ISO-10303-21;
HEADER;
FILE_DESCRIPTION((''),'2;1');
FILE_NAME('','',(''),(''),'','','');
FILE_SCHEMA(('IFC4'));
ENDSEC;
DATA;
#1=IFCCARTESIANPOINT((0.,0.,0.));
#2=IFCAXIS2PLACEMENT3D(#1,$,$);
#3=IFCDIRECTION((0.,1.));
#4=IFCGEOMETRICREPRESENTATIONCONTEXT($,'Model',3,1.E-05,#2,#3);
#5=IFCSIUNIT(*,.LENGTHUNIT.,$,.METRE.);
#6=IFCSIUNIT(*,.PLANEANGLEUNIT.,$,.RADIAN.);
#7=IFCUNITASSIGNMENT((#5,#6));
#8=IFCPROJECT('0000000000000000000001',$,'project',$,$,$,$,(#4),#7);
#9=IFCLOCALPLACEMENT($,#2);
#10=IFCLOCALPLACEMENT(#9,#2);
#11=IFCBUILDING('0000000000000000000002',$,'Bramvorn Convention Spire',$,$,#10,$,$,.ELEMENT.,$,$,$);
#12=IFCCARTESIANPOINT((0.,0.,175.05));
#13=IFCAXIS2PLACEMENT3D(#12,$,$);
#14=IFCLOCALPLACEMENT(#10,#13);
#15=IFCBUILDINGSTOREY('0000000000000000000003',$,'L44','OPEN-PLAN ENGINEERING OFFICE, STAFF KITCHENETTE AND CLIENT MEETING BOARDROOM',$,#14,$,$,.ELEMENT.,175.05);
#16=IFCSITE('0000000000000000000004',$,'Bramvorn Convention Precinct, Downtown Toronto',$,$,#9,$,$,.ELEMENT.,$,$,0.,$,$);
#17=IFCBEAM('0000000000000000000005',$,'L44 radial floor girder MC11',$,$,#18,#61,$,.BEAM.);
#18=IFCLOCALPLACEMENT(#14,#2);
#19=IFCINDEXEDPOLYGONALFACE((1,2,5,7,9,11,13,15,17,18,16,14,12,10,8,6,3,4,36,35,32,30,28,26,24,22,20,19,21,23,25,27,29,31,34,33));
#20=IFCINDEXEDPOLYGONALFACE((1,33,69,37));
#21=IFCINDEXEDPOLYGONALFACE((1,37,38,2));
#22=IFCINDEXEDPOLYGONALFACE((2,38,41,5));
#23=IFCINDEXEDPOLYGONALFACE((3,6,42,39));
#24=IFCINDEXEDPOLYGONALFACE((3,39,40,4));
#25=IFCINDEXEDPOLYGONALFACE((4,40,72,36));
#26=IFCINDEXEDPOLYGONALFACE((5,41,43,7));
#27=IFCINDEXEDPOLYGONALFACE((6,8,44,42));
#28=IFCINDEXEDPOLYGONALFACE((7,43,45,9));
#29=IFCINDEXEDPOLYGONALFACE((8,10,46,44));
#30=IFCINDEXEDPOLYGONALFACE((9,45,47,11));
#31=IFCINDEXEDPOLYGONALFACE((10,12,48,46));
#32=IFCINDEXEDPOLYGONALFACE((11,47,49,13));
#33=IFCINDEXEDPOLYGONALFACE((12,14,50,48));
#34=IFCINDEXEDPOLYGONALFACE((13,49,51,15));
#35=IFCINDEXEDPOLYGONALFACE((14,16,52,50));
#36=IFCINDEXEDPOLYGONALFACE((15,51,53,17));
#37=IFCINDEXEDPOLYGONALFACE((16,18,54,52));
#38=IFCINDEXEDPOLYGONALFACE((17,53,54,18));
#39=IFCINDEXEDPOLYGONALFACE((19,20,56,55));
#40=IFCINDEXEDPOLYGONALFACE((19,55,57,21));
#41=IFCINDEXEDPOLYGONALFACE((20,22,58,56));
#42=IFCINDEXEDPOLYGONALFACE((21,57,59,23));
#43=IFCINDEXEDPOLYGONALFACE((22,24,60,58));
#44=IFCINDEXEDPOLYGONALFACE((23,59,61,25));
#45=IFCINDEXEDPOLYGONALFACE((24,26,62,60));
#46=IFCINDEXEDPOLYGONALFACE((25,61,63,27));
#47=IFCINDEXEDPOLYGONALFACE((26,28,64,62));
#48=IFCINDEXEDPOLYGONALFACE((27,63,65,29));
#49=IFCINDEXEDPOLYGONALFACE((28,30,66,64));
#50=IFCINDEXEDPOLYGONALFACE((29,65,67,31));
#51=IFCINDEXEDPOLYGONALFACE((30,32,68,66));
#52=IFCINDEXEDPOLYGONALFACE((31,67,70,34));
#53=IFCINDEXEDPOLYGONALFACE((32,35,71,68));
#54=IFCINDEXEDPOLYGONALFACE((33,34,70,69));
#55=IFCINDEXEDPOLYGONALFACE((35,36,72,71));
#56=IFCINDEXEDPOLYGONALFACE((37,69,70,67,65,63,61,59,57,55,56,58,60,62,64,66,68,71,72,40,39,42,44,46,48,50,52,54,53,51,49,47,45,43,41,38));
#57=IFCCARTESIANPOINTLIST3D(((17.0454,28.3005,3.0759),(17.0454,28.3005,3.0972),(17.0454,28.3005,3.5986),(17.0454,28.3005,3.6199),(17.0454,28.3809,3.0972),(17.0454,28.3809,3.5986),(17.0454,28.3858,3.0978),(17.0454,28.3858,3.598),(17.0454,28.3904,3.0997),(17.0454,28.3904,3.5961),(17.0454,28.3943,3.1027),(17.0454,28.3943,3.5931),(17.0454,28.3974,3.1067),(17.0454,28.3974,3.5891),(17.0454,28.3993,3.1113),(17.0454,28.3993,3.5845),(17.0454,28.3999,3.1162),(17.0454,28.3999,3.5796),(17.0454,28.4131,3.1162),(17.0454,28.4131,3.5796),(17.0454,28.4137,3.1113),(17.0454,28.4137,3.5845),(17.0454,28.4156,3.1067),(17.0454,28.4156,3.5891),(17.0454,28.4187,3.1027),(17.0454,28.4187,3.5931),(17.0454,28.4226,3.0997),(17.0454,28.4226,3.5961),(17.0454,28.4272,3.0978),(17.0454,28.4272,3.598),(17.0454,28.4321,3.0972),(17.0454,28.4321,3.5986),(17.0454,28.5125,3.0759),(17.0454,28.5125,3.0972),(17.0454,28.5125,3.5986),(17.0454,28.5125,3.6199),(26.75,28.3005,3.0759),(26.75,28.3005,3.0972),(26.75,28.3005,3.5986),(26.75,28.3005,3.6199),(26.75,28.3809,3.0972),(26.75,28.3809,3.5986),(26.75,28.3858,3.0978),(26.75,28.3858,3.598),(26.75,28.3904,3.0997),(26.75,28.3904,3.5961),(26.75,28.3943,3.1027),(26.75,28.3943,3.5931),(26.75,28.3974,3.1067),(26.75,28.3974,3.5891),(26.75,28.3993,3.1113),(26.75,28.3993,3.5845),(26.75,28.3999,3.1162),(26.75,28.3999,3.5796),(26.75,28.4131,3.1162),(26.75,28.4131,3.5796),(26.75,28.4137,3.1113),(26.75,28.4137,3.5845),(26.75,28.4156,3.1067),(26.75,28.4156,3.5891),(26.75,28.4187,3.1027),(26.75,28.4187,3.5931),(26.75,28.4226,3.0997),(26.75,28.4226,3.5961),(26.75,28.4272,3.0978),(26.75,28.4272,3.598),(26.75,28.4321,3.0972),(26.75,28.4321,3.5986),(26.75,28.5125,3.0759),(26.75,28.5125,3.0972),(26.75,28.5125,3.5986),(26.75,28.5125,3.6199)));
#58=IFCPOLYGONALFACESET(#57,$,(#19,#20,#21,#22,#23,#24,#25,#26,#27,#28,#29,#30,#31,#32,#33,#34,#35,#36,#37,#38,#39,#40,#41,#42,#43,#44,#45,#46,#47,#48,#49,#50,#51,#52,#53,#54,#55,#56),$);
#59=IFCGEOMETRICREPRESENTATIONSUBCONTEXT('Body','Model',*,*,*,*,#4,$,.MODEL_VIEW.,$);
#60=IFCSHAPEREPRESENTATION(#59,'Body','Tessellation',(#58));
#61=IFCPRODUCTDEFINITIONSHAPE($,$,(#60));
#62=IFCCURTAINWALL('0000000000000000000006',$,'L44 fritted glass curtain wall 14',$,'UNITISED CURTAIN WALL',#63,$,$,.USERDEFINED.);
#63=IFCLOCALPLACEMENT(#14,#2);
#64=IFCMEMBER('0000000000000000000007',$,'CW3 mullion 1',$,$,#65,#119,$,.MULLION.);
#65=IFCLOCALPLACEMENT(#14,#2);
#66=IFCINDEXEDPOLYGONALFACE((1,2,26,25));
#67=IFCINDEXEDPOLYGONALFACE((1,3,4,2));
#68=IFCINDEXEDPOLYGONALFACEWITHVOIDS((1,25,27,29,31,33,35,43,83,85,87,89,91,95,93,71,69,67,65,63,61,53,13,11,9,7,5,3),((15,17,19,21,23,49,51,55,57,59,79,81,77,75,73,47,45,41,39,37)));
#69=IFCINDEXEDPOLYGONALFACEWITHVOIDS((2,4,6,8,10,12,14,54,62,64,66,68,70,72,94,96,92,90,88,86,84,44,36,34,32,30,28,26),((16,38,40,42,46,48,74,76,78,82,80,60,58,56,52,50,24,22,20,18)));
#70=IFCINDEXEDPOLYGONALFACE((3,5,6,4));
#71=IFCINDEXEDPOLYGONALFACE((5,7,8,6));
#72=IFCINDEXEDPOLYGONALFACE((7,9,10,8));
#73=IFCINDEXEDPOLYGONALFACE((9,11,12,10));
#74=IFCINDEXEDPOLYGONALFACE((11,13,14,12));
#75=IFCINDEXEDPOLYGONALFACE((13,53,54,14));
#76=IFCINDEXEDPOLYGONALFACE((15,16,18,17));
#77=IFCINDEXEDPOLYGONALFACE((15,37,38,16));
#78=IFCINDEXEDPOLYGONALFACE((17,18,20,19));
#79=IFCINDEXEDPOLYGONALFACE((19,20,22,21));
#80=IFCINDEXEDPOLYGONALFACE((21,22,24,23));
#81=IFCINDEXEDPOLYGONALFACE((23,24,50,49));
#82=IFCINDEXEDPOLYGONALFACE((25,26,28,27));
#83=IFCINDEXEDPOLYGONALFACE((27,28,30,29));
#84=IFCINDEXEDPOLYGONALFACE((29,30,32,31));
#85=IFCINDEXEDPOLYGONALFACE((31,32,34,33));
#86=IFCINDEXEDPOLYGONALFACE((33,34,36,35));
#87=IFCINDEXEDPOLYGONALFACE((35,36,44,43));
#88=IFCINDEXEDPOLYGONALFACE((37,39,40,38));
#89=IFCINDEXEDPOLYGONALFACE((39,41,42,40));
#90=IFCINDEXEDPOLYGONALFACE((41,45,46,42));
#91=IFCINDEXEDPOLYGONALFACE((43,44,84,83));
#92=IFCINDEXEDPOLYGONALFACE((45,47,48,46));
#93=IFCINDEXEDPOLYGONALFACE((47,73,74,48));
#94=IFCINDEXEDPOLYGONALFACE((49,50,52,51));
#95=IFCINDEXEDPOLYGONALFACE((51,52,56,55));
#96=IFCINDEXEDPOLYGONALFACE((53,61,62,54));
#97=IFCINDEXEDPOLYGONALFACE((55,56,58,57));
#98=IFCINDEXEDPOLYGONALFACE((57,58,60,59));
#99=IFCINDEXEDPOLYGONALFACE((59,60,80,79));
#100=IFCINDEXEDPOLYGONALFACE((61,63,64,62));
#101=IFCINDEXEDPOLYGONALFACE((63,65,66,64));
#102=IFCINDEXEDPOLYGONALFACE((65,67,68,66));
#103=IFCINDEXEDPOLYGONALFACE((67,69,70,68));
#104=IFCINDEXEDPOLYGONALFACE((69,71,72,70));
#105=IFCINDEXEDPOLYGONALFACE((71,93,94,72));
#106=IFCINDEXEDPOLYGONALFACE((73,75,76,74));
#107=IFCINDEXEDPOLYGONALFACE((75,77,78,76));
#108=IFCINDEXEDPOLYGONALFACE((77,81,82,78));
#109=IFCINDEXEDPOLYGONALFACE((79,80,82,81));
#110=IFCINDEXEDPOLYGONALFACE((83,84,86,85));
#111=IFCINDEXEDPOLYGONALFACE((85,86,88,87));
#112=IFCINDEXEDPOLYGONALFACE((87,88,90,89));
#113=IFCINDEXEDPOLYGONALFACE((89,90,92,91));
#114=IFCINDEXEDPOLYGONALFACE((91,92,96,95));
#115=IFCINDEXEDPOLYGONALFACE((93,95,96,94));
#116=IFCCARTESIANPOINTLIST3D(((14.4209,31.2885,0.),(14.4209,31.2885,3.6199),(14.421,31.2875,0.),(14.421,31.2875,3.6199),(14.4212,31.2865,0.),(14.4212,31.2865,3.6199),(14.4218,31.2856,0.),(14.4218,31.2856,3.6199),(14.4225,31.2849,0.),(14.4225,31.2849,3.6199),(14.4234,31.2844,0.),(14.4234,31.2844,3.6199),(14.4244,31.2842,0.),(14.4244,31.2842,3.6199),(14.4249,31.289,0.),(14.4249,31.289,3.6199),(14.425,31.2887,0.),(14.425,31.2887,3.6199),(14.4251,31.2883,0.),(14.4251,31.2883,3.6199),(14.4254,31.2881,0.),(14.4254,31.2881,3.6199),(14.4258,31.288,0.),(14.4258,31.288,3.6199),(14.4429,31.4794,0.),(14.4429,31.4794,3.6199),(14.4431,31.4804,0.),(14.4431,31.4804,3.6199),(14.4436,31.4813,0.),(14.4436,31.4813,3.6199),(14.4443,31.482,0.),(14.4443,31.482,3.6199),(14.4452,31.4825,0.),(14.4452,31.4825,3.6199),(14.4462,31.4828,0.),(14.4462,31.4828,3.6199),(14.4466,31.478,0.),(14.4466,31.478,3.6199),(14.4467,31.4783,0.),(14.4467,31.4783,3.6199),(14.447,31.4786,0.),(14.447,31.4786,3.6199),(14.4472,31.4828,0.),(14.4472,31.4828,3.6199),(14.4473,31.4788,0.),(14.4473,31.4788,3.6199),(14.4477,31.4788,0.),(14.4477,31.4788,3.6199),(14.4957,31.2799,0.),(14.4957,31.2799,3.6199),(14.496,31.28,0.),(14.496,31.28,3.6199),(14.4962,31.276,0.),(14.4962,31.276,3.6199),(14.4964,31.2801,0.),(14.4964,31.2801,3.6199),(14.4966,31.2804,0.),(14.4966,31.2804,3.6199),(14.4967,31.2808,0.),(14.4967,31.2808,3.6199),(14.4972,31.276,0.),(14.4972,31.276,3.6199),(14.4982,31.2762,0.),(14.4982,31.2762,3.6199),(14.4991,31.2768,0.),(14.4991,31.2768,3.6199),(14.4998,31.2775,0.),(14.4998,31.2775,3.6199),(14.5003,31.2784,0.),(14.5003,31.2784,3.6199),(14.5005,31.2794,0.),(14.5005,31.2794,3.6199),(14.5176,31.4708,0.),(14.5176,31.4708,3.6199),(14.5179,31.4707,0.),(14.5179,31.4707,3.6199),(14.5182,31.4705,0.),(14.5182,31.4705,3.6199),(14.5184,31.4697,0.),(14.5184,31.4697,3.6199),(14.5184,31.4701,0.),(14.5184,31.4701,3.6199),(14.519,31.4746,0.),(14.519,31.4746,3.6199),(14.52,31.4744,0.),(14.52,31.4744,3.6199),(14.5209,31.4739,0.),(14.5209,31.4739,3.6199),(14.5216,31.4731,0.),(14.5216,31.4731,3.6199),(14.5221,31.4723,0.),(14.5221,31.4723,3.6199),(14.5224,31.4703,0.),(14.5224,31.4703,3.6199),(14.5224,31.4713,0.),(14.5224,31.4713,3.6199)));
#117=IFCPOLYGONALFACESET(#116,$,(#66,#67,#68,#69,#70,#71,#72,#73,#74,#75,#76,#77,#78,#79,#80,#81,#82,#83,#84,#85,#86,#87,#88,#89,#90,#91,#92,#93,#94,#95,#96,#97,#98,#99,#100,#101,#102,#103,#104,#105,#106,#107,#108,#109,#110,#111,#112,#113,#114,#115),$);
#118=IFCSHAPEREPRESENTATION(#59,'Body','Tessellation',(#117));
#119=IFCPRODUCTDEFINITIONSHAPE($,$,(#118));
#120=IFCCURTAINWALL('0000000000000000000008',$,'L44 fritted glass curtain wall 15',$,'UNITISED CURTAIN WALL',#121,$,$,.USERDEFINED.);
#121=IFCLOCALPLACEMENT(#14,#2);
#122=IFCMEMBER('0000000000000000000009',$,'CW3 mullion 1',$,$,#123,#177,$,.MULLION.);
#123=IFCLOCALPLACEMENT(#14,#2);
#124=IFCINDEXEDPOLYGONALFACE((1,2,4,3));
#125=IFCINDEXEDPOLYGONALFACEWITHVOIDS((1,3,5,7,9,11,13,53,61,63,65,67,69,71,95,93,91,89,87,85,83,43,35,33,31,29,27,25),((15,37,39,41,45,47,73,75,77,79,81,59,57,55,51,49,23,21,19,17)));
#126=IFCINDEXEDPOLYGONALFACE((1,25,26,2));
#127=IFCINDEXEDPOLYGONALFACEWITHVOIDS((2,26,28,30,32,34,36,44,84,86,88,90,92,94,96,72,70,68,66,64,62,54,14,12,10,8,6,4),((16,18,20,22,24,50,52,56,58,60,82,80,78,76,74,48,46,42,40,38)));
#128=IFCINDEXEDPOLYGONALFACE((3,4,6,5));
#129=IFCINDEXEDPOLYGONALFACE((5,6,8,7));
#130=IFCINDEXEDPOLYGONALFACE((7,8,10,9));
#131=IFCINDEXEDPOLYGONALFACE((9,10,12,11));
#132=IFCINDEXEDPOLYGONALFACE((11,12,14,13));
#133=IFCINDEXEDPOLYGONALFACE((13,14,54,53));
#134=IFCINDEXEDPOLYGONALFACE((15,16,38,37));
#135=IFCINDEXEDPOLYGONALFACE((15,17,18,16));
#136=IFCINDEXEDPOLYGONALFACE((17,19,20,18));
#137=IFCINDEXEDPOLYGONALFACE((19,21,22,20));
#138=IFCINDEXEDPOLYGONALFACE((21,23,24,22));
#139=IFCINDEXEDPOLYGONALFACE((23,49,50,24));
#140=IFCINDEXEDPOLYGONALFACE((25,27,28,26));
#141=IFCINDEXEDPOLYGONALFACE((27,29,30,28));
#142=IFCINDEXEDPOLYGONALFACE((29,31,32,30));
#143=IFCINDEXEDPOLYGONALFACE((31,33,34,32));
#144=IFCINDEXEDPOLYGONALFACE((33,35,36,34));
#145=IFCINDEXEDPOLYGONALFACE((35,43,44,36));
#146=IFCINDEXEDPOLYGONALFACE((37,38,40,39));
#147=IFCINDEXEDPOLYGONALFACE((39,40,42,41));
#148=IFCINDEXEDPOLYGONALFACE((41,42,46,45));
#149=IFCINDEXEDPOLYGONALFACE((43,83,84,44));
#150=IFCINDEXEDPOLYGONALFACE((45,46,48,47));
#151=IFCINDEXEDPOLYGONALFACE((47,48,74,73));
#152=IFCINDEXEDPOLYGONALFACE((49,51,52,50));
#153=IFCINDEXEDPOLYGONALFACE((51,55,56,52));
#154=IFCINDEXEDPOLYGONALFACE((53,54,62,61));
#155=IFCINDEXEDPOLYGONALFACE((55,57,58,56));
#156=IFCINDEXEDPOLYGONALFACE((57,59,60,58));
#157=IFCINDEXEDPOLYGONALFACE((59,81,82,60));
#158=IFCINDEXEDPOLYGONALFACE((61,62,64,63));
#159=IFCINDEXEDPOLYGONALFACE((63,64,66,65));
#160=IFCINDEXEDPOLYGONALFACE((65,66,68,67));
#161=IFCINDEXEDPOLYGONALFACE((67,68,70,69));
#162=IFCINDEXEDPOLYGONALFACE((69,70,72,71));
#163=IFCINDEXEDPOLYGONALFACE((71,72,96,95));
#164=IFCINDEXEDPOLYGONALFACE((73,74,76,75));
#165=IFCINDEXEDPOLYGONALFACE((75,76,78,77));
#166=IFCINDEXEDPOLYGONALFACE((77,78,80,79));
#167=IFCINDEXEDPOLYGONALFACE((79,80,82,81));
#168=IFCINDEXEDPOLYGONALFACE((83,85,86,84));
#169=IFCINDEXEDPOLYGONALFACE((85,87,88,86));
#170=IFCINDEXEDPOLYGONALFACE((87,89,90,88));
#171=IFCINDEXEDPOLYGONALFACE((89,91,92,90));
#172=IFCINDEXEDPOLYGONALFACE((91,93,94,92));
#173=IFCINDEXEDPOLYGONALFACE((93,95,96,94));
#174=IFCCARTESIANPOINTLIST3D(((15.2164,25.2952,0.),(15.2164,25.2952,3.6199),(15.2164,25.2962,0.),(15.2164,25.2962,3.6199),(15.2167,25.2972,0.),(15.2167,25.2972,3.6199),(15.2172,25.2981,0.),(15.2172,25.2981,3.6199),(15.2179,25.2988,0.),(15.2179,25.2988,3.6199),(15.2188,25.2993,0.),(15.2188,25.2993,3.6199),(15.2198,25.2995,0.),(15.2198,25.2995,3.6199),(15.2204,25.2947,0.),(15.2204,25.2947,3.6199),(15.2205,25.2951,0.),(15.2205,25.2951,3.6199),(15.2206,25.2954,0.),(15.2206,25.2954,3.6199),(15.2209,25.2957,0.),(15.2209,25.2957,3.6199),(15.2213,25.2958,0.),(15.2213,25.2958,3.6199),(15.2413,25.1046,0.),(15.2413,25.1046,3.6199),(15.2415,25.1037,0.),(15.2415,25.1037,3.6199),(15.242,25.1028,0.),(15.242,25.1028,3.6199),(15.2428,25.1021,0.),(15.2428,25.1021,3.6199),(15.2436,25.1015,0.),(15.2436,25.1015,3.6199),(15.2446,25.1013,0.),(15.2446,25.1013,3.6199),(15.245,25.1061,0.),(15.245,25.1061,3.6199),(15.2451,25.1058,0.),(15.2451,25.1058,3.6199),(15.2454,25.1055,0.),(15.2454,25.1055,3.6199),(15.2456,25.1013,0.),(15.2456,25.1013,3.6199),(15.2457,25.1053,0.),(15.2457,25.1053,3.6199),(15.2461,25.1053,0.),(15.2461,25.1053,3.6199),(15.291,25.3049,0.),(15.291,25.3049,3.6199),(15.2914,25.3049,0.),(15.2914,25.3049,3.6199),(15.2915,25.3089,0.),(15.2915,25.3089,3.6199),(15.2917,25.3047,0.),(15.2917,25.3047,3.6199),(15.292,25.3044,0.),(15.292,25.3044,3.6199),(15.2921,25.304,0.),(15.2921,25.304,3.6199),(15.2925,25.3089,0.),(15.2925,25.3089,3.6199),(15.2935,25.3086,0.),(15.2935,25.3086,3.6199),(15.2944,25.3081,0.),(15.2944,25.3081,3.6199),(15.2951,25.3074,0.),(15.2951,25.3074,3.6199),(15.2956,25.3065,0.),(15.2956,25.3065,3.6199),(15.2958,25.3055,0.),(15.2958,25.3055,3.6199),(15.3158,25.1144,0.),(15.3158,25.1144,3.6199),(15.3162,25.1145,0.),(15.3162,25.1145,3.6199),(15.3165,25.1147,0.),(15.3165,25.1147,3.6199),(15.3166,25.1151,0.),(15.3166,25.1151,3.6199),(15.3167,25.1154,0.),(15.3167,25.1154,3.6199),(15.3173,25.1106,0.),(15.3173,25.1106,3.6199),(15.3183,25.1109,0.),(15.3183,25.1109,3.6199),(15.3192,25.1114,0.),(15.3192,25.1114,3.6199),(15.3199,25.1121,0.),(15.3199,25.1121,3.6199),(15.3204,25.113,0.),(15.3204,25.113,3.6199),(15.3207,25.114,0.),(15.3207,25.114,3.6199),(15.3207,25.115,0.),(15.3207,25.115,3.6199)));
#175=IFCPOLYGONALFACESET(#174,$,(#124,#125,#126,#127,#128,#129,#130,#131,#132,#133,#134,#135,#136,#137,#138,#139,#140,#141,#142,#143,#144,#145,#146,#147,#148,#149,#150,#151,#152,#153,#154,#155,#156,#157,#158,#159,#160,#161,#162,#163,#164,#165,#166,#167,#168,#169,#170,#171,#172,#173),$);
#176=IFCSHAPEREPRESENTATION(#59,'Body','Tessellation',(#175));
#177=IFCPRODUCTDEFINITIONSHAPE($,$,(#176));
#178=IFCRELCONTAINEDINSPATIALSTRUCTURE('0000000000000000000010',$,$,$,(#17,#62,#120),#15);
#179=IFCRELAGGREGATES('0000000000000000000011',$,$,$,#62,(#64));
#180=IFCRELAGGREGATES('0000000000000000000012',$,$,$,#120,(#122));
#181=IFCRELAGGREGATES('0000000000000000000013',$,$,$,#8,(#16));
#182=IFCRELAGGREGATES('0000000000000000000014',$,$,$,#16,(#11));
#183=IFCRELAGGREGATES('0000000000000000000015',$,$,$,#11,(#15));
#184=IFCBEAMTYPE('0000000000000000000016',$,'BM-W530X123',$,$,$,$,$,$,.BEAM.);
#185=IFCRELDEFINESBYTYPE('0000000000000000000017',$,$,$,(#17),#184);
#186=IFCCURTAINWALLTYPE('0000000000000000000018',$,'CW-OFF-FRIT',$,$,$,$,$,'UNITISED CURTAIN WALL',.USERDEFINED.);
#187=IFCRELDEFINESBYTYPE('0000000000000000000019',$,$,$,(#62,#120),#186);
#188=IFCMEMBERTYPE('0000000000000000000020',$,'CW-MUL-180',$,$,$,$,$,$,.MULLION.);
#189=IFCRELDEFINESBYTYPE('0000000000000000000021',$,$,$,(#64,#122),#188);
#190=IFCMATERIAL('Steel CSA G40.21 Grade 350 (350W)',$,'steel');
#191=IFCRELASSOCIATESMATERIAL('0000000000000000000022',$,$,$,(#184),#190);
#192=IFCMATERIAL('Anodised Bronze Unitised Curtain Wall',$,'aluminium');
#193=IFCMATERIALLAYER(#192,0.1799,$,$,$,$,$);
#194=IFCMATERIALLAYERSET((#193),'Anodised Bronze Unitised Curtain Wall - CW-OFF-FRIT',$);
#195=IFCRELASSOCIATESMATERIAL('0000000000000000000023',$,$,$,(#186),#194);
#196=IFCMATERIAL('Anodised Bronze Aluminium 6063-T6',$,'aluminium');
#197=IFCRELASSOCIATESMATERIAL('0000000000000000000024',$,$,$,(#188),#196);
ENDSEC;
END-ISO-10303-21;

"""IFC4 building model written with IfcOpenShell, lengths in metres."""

from ifc_helpers import new_model, si_unit, direction, frame, origin, origin_2d, place, context, subcontext, project, spatial, hollow_rectangle, i_section, extrude, material, layer, layer_set, material_profile, profile_set, type_object, element, aggregate, save


model = new_model("IFC4")

# Units and contexts
model_context = context("Model", 3, precision=1e-05, world=origin(), true_north=direction((0.0, 1.0)))
body_context = subcontext(model_context, "Body", "Model", "MODEL_VIEW")
ifc_project = project(units=[si_unit("LENGTHUNIT", "METRE"), si_unit("PLANEANGLEUNIT", "RADIAN")], contexts=[model_context])

# Site, building, storey
site_placement = place(None, origin())
site = spatial("IfcSite", under=ifc_project, at=site_placement, Name="Bramvorn Convention Precinct, Downtown Toronto", CompositionType="ELEMENT", RefElevation=0.0)
building_placement = place(site_placement, origin())
building = spatial("IfcBuilding", under=site, at=building_placement, Name="Bramvorn Convention Spire", CompositionType="ELEMENT")
storey_placement = place(building_placement, frame((0.0, 0.0, 175.05)))
storey = spatial("IfcBuildingStorey", under=building, at=storey_placement, Name="L44", Description="OPEN-PLAN ENGINEERING OFFICE, STAFF KITCHENETTE AND CLIENT MEETING BOARDROOM", CompositionType="ELEMENT", Elevation=175.05)

# Shared definitions
ifc_material_1 = material(Name="Steel CSA G40.21 Grade 350 (350W)", Category="steel")

# Beam
ifc_material_profile_1 = material_profile(ifc_material_1, i_section(OverallWidth=0.2119, OverallDepth=0.5439, WebThickness=0.0132, FlangeThickness=0.0212, FilletRadius=0.019, at=origin_2d()))
ifc_profile_set_1 = profile_set([ifc_material_profile_1], Name="Steel CSA G40.21 Grade 350 (350W) - W530X123")
beam_type_1 = type_object("IfcBeamType", Name="BM-W530X123", PredefinedType="BEAM", material=ifc_profile_set_1)
beam_1_placement = place(storey_placement, frame((26.75, 28.4065, 3.3479), z_axis=(-1.0, 0.0, 0.0), x_axis=(0.0, -1.0, 0.0)))
element("IfcBeam", 1, at=beam_1_placement, inside=storey, type_object=beam_type_1, Name="L44 radial floor girder MC11", PredefinedType="BEAM", context=body_context, shape_type="SweptSolid", body=[
    extrude(i_section(OverallWidth=0.2119, OverallDepth=0.5439, WebThickness=0.0132, FlangeThickness=0.0212, FilletRadius=0.019, at=origin_2d()), origin(), (0.0, 0.0, 1.0), 9.7046),
])

# Curtain wall, member
ifc_material_2 = material(Name="Anodised Bronze Unitised Curtain Wall", Category="aluminium")
ifc_layer_1 = layer(ifc_material_2, 0.1799)
ifc_layer_set_1 = layer_set([ifc_layer_1], Name="Anodised Bronze Unitised Curtain Wall - CW-OFF-FRIT")
curtain_wall_type = type_object("IfcCurtainWallType", Name="CW-OFF-FRIT", ElementType="UNITISED CURTAIN WALL", PredefinedType="USERDEFINED", material=ifc_layer_set_1)
curtain_wall_1_placement = place(storey_placement, origin())
curtain_wall_1 = element("IfcCurtainWall", 2, at=curtain_wall_1_placement, inside=storey, type_object=curtain_wall_type, Name="L44 fritted glass curtain wall 14", ObjectType="UNITISED CURTAIN WALL", PredefinedType="USERDEFINED")
ifc_material_3 = material(Name="Anodised Bronze Aluminium 6063-T6", Category="aluminium")
ifc_material_profile_2 = material_profile(ifc_material_3, hollow_rectangle(XDim=0.0801, YDim=0.2, WallThickness=0.0039, InnerFilletRadius=0.001, OuterFilletRadius=0.0039, at=origin_2d()))
ifc_profile_set_2 = profile_set([ifc_material_profile_2], Name="Anodised Bronze Aluminium 6063-T6 - CWM80X200")
member_type_1 = type_object("IfcMemberType", Name="CW-MUL-180", PredefinedType="MULLION", material=ifc_profile_set_2)
member_1_placement = place(storey_placement, frame((14.4717, 31.3794, 0.0), z_axis=(0.0, 0.0, 1.0), x_axis=(-0.99348, 0.114008, 0.0)))
member_1 = element("IfcMember", 3, at=member_1_placement, type_object=member_type_1, Name="CW3 mullion 1", PredefinedType="MULLION", context=body_context, shape_type="SweptSolid", body=[
    extrude(hollow_rectangle(XDim=0.0801, YDim=0.2, WallThickness=0.0039, InnerFilletRadius=0.001, OuterFilletRadius=0.0039, at=origin_2d()), origin(), (0.0, 0.0, 1.0), 3.6199),
])

# Curtain wall, member
curtain_wall_2_placement = place(storey_placement, origin())
curtain_wall_2 = element("IfcCurtainWall", 4, at=curtain_wall_2_placement, inside=storey, type_object=curtain_wall_type, Name="L44 fritted glass curtain wall 15", ObjectType="UNITISED CURTAIN WALL", PredefinedType="USERDEFINED")
member_2_placement = place(storey_placement, frame((15.2686, 25.2051, 0.0), z_axis=(0.0, 0.0, 1.0), x_axis=(-0.991624, -0.129161, 0.0)))
member_2 = element("IfcMember", 5, at=member_2_placement, type_object=member_type_1, Name="CW3 mullion 1", PredefinedType="MULLION", context=body_context, shape_type="SweptSolid", body=[
    extrude(hollow_rectangle(XDim=0.0801, YDim=0.2, WallThickness=0.0039, InnerFilletRadius=0.001, OuterFilletRadius=0.0039, at=origin_2d()), origin(), (0.0, 0.0, 1.0), 3.6199),
])

aggregate(curtain_wall_1, [member_1])

aggregate(curtain_wall_2, [member_2])

save(model, "model.ifc")
